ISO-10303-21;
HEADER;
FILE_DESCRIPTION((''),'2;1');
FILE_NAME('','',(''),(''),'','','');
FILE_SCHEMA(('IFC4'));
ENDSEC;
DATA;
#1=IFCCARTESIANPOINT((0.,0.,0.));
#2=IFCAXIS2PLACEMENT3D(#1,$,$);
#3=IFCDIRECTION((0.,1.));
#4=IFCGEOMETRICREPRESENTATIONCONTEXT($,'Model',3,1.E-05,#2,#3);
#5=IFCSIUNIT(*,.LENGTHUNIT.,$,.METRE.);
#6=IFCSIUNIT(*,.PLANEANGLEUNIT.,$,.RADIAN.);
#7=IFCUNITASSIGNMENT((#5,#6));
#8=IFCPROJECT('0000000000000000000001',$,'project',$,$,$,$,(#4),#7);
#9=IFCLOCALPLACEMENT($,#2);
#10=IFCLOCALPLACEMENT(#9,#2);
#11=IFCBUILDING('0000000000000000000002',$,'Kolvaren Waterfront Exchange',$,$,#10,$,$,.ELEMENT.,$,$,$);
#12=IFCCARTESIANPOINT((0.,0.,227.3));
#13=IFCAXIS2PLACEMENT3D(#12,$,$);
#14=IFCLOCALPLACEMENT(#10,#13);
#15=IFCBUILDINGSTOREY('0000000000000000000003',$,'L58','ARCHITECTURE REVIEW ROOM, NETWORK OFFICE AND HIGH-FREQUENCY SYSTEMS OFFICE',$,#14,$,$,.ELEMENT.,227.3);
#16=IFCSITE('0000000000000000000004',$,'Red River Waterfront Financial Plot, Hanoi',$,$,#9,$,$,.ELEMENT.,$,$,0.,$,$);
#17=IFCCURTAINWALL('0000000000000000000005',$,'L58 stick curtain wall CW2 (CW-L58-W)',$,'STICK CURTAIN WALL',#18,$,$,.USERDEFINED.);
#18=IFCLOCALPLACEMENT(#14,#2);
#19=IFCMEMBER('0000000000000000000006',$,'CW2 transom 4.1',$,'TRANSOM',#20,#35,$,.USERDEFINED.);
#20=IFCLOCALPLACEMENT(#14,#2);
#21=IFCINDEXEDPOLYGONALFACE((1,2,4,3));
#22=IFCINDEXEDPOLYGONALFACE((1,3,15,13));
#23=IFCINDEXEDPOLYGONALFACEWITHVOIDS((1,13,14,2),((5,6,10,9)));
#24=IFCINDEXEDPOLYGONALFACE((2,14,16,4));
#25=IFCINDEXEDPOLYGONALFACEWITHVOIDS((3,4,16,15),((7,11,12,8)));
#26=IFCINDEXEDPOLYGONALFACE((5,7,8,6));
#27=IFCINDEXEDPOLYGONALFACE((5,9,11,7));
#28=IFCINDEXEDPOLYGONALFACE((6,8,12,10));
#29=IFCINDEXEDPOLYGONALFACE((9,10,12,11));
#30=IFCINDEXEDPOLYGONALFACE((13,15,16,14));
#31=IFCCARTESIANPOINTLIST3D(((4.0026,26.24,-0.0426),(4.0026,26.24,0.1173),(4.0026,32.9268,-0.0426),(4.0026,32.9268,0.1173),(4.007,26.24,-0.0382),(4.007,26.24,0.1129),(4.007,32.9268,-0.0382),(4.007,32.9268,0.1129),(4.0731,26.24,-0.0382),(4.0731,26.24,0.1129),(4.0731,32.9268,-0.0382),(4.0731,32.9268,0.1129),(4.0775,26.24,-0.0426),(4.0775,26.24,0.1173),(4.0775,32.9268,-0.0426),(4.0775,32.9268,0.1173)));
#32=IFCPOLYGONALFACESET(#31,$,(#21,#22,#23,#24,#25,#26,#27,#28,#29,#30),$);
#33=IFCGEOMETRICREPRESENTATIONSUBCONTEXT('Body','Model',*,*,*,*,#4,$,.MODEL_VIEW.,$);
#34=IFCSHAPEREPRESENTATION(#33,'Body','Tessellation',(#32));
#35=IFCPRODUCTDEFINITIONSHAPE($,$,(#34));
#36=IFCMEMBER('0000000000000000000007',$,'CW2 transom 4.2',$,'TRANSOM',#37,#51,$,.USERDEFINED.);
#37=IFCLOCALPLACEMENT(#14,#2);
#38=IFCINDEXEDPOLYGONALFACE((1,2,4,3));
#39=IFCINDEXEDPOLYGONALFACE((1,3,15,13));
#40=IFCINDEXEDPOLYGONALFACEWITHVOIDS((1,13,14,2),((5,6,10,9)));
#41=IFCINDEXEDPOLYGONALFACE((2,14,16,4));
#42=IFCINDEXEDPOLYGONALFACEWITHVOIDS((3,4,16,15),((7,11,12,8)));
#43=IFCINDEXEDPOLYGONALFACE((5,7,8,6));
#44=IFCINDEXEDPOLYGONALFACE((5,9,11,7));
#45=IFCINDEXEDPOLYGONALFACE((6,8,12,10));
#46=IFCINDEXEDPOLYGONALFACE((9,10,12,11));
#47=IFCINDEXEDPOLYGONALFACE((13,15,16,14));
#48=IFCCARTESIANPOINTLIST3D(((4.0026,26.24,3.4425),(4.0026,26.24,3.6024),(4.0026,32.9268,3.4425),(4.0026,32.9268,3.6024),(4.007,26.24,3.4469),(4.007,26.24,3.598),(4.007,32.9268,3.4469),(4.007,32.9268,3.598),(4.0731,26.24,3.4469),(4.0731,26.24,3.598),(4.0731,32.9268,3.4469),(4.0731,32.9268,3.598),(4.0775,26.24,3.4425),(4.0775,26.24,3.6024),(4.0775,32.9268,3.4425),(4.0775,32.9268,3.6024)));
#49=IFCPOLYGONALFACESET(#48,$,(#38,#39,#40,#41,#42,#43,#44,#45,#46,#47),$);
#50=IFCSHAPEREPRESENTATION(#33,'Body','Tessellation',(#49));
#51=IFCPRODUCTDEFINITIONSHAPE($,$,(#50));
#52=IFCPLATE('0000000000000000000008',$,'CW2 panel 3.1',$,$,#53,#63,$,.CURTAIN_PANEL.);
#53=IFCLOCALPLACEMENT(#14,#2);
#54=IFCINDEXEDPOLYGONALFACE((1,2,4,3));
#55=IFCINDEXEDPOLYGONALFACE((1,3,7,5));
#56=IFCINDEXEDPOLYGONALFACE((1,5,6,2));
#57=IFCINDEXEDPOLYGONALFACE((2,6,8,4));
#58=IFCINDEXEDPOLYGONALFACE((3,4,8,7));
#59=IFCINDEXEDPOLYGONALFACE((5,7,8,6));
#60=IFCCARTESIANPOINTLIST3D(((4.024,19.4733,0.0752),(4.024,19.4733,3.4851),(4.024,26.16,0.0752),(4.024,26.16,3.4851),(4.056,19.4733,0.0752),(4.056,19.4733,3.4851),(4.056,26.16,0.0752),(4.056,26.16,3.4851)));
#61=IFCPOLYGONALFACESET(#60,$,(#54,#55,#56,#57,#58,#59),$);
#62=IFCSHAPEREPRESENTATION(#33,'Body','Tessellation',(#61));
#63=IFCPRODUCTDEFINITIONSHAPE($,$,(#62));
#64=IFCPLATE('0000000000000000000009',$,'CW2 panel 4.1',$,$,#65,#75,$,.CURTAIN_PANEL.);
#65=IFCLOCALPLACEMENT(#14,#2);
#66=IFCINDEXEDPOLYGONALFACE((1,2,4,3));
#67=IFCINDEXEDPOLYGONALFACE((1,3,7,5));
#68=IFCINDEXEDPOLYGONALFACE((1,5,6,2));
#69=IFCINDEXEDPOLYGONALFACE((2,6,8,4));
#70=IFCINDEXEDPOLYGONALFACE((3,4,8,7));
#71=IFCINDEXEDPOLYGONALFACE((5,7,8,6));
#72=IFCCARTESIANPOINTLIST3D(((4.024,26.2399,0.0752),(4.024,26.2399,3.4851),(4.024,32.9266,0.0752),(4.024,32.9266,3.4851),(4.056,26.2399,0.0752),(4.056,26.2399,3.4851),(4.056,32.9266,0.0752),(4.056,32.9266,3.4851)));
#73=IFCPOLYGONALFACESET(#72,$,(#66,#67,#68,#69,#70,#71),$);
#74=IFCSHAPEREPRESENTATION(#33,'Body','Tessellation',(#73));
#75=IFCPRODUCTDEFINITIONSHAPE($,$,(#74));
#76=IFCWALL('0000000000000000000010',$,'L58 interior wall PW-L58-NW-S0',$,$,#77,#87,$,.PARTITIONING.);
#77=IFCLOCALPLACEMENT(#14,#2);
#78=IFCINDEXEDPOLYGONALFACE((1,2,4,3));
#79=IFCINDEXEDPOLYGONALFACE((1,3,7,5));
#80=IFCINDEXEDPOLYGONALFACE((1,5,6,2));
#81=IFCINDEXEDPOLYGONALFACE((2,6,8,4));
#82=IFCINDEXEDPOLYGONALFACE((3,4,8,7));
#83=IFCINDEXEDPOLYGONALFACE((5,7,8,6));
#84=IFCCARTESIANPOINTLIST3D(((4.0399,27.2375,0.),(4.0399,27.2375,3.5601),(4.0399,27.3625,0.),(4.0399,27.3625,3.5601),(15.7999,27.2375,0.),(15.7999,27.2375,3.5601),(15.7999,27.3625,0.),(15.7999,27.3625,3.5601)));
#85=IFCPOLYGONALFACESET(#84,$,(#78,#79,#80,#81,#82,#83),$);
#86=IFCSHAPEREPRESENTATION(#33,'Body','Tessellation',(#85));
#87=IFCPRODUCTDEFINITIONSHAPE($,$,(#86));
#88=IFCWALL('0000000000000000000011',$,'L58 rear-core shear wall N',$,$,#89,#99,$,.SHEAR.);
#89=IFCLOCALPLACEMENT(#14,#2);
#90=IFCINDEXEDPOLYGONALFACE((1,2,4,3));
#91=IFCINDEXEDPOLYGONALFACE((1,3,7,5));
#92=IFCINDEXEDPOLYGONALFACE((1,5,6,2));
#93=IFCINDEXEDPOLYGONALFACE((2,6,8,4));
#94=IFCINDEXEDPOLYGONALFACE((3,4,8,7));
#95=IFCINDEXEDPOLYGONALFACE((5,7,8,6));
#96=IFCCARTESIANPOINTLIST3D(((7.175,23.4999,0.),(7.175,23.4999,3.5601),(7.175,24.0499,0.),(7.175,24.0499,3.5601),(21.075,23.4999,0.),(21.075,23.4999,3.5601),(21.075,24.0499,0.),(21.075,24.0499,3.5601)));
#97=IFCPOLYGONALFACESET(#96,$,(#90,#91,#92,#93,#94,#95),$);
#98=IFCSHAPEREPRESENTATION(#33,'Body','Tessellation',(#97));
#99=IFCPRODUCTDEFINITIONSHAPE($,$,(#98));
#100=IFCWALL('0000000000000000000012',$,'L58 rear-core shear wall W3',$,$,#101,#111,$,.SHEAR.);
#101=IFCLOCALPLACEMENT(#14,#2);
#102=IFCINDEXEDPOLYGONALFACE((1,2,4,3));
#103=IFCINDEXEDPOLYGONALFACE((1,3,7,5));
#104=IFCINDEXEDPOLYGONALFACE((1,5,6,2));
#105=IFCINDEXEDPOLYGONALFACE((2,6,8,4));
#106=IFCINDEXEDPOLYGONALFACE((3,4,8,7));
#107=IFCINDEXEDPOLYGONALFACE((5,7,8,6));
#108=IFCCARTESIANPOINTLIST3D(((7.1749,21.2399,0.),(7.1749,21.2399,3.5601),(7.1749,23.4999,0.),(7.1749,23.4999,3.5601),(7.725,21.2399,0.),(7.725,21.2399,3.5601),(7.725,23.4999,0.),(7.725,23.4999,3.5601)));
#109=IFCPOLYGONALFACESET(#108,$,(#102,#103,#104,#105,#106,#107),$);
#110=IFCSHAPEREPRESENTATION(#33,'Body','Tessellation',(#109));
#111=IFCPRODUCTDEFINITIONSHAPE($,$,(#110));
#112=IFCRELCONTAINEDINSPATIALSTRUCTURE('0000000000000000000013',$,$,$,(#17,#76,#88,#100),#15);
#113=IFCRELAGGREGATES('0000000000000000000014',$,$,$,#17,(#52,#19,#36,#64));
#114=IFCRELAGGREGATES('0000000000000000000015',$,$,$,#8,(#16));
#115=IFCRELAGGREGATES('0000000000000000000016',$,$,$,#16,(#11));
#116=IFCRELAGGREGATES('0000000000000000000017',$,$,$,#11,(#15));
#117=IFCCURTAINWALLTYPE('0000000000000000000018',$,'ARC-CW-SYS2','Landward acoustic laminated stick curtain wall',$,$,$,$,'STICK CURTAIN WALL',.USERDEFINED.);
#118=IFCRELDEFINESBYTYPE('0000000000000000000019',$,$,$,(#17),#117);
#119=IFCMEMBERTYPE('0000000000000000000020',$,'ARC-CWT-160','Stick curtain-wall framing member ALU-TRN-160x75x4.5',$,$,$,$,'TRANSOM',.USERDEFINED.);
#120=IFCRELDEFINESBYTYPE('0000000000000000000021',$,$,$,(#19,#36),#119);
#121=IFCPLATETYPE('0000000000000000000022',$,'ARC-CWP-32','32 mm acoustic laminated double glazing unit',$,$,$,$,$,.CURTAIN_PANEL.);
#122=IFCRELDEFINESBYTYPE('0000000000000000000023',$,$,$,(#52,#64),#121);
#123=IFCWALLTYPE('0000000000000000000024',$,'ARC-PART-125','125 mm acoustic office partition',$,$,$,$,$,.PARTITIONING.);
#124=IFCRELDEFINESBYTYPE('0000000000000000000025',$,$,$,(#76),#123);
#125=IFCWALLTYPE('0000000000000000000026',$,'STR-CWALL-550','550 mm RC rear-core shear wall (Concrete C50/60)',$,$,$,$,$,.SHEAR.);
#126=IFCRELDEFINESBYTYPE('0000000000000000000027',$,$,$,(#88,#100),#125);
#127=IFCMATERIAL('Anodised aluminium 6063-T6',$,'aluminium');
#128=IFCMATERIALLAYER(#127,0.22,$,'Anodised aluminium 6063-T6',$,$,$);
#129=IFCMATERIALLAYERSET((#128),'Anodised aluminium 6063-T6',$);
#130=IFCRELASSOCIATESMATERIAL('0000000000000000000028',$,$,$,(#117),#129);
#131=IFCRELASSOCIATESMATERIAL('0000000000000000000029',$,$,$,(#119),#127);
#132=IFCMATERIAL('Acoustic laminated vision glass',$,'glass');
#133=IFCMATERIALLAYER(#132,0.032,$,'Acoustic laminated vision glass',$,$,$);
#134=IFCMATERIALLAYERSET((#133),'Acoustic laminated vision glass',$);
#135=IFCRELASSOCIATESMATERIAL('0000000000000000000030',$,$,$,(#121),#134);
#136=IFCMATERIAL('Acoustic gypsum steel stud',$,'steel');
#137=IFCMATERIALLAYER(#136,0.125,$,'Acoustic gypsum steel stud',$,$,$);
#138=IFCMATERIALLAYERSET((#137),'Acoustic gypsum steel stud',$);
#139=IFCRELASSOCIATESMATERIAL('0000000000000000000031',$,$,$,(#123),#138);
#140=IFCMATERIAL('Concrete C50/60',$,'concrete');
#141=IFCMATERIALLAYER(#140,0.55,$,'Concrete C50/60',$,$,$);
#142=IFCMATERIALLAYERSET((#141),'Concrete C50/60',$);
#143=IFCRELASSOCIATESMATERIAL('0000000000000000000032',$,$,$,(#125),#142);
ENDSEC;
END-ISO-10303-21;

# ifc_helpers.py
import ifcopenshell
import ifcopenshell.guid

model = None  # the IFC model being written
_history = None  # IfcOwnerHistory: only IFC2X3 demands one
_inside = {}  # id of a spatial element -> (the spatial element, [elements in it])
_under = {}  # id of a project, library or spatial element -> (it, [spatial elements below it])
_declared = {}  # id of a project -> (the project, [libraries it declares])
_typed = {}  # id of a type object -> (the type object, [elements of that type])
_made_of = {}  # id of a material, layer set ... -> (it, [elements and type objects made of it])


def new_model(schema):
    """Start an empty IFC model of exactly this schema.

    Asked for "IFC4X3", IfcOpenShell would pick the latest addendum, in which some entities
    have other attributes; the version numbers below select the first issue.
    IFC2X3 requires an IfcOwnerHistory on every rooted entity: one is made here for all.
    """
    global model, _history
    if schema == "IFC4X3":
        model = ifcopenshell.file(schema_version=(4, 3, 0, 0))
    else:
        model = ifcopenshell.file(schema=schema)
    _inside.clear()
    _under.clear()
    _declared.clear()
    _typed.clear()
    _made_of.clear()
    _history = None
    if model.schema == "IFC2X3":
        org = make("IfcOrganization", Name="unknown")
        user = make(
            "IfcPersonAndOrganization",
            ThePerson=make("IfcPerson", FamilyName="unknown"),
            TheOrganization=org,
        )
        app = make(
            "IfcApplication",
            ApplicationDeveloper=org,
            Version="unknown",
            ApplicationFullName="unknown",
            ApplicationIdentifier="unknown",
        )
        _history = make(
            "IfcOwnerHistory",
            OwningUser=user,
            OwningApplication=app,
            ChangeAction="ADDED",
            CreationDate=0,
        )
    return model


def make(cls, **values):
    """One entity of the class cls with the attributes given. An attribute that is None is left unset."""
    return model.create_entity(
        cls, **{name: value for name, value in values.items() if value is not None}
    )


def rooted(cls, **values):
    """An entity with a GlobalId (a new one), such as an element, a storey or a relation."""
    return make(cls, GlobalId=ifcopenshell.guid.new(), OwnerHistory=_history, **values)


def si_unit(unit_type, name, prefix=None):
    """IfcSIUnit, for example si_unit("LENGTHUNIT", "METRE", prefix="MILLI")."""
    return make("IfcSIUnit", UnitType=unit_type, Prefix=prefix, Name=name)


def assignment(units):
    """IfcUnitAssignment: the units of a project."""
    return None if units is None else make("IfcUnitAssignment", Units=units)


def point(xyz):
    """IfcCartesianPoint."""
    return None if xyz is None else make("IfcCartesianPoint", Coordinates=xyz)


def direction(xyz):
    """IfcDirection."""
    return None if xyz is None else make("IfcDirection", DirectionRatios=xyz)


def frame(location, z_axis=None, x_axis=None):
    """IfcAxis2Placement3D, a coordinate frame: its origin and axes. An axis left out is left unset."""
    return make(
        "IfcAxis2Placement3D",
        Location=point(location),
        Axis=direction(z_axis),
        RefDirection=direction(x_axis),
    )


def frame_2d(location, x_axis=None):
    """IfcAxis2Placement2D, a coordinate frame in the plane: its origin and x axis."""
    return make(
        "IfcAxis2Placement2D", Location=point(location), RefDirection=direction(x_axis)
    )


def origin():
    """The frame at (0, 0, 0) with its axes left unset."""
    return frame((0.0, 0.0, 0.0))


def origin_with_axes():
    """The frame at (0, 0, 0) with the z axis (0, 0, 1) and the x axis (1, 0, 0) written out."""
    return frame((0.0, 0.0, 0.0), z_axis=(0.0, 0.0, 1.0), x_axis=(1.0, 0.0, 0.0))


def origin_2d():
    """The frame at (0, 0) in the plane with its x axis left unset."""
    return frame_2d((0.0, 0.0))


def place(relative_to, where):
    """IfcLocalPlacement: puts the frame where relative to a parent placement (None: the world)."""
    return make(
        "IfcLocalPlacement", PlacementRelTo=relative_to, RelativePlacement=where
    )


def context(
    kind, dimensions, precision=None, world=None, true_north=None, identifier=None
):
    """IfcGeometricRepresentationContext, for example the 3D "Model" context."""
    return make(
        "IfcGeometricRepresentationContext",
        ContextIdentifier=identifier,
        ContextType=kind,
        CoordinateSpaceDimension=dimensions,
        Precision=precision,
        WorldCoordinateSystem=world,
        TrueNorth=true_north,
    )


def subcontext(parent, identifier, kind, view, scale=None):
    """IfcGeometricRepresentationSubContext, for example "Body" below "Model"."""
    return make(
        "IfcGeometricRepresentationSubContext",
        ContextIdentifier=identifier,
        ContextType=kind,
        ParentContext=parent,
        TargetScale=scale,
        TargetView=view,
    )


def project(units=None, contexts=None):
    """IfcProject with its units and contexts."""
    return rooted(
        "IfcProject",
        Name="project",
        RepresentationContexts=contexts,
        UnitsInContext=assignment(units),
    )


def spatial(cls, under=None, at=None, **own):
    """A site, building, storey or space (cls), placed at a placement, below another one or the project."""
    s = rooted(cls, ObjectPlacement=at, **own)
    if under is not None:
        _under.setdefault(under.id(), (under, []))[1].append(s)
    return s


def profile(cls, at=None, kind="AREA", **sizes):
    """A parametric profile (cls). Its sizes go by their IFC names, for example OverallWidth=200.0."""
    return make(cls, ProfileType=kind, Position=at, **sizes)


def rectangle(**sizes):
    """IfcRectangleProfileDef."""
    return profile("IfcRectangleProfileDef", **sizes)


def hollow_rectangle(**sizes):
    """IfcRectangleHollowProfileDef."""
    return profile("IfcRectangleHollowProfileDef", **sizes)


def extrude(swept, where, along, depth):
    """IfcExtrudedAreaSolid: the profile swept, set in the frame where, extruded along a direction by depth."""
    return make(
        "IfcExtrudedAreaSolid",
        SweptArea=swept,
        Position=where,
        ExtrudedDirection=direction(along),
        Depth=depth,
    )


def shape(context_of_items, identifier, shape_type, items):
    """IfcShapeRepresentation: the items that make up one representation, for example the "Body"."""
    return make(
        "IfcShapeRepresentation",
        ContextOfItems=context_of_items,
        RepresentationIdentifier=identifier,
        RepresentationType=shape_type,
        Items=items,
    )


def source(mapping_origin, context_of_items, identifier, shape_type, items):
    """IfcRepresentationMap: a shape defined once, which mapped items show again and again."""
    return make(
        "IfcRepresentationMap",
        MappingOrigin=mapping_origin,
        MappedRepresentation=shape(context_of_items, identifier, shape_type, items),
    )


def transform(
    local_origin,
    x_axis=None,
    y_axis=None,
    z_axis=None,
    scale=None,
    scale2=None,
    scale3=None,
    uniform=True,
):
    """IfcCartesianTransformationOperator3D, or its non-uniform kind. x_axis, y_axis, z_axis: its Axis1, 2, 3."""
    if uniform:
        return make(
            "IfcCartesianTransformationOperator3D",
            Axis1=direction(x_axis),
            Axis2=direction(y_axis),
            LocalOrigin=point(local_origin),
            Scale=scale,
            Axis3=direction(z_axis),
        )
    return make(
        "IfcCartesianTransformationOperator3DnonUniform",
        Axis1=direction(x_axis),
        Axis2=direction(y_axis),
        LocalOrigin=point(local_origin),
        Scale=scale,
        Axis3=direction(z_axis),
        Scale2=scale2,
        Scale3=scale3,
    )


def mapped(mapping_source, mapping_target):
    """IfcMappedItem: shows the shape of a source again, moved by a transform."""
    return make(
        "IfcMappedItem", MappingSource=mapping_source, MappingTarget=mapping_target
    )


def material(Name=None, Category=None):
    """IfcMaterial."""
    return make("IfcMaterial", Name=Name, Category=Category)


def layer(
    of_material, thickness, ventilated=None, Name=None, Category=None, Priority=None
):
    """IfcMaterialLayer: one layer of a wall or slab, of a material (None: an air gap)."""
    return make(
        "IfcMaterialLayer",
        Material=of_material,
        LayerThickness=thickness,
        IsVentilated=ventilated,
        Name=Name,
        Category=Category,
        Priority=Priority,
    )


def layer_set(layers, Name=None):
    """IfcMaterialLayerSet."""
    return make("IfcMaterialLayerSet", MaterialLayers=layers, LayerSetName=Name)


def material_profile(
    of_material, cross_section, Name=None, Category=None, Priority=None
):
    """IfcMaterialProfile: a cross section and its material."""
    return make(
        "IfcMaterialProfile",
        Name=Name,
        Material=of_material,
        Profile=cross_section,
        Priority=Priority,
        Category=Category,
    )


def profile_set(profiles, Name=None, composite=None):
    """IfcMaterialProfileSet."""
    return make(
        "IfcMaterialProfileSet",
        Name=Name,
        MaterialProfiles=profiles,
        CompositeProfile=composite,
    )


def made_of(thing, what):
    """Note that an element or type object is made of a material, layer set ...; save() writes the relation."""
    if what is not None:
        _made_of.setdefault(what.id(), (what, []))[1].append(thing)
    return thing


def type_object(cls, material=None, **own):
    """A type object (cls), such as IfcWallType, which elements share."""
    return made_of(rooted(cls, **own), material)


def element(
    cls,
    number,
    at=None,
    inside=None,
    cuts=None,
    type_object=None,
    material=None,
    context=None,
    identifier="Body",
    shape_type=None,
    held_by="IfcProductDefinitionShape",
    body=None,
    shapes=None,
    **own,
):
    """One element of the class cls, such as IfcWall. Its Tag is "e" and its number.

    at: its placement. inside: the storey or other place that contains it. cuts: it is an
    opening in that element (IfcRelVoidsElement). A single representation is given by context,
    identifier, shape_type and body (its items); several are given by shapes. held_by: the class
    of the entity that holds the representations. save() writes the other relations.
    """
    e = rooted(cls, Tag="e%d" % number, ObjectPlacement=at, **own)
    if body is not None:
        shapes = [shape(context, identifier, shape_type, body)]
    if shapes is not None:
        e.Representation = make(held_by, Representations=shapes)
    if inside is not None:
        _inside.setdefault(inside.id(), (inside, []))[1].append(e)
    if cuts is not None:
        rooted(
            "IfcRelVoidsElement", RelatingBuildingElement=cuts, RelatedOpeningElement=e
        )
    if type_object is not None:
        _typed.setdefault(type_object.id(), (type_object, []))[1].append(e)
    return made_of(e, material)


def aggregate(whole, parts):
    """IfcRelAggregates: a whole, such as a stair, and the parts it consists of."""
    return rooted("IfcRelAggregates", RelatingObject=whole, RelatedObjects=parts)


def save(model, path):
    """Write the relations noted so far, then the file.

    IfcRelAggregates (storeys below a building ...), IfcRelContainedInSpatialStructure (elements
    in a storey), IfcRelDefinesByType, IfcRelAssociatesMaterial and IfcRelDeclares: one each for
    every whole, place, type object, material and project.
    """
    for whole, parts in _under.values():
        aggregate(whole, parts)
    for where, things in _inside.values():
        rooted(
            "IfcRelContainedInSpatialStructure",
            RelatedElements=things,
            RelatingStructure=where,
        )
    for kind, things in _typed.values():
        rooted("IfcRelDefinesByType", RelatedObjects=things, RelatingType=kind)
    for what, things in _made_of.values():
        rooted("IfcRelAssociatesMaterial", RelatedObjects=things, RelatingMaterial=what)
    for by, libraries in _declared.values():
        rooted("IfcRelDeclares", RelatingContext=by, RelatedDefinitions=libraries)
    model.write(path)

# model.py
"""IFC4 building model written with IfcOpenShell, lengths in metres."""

from ifc_helpers import new_model, si_unit, direction, frame, frame_2d, origin, origin_with_axes, origin_2d, place, context, subcontext, project, spatial, rectangle, hollow_rectangle, extrude, source, transform, mapped, material, layer, layer_set, material_profile, profile_set, type_object, element, aggregate, save


model = new_model("IFC4")

# Units and contexts
model_context = context("Model", 3, precision=1e-05, world=origin(), true_north=direction((0.0, 1.0)))
body_context = subcontext(model_context, "Body", "Model", "MODEL_VIEW")
ifc_project = project(units=[si_unit("LENGTHUNIT", "METRE"), si_unit("PLANEANGLEUNIT", "RADIAN")], contexts=[model_context])

# Site, building, storey
site_placement = place(None, origin())
site = spatial("IfcSite", under=ifc_project, at=site_placement, Name="Red River Waterfront Financial Plot, Hanoi", CompositionType="ELEMENT", RefElevation=0.0)
building_placement = place(site_placement, origin())
building = spatial("IfcBuilding", under=site, at=building_placement, Name="Kolvaren Waterfront Exchange", CompositionType="ELEMENT")
storey_placement = place(building_placement, frame((0.0, 0.0, 227.3)))
storey = spatial("IfcBuildingStorey", under=building, at=storey_placement, Name="L58", Description="ARCHITECTURE REVIEW ROOM, NETWORK OFFICE AND HIGH-FREQUENCY SYSTEMS OFFICE", CompositionType="ELEMENT", Elevation=227.3)

# Shared definitions
ifc_material_1 = material(Name="Concrete C50/60", Category="concrete")

# Curtain wall, members, plates
ifc_material_2 = material(Name="Anodised aluminium 6063-T6", Category="aluminium")
ifc_layer_1 = layer(ifc_material_2, 0.22, Name="Anodised aluminium 6063-T6")
ifc_layer_set_1 = layer_set([ifc_layer_1], Name="Anodised aluminium 6063-T6")
curtain_wall_type = type_object("IfcCurtainWallType", Name="ARC-CW-SYS2", Description="Landward acoustic laminated stick curtain wall", ElementType="STICK CURTAIN WALL", PredefinedType="USERDEFINED", material=ifc_layer_set_1)
curtain_wall_placement = place(storey_placement, origin())
curtain_wall = element("IfcCurtainWall", 1, at=curtain_wall_placement, inside=storey, type_object=curtain_wall_type, Name="L58 stick curtain wall CW2 (CW-L58-W)", ObjectType="STICK CURTAIN WALL", PredefinedType="USERDEFINED")
ifc_material_profile_1 = material_profile(ifc_material_2, hollow_rectangle(XDim=0.075, YDim=0.1599, WallThickness=0.0044, at=origin_2d()), Name="ALU-TRN-160x75x4.5")
ifc_profile_set_1 = profile_set([ifc_material_profile_1], Name="Anodised aluminium 6063-T6")
member_type_1 = type_object("IfcMemberType", Name="ARC-CWT-160", Description="Stick curtain-wall framing member ALU-TRN-160x75x4.5", ElementType="TRANSOM", PredefinedType="USERDEFINED", material=ifc_profile_set_1)
shared_shape_1 = source(origin_with_axes(), body_context, "Body", "SweptSolid", [
    extrude(hollow_rectangle(XDim=0.075, YDim=0.1599, WallThickness=0.0044, at=origin_2d()), origin(), (0.0, 0.0, 1.0), 6.6868),
])
member_1_placement = place(storey_placement, frame((4.04, 26.24, 0.0374), z_axis=(0.0, 1.0, 0.0), x_axis=(-1.0, 0.0, 0.0)))
member_1 = element("IfcMember", 2, at=member_1_placement, type_object=member_type_1, Name="CW2 transom 4.1", ObjectType="TRANSOM", PredefinedType="USERDEFINED", context=body_context, shape_type="MappedRepresentation", body=[
    mapped(shared_shape_1, transform((0.0, 0.0, 0.0), x_axis=(1.0, 0.0, 0.0), y_axis=(0.0, 1.0, 0.0), z_axis=(0.0, 0.0, 1.0), scale=1.0)),
])
member_2_placement = place(storey_placement, frame((4.04, 26.24, 3.5225), z_axis=(0.0, 1.0, 0.0), x_axis=(-1.0, 0.0, 0.0)))
member_2 = element("IfcMember", 3, at=member_2_placement, type_object=member_type_1, Name="CW2 transom 4.2", ObjectType="TRANSOM", PredefinedType="USERDEFINED", context=body_context, shape_type="MappedRepresentation", body=[
    mapped(shared_shape_1, transform((0.0, 0.0, 0.0), x_axis=(1.0, 0.0, 0.0), y_axis=(0.0, 1.0, 0.0), z_axis=(0.0, 0.0, 1.0), scale=1.0)),
])
ifc_material_3 = material(Name="Acoustic laminated vision glass", Category="glass")
ifc_layer_2 = layer(ifc_material_3, 0.032, Name="Acoustic laminated vision glass")
ifc_layer_set_2 = layer_set([ifc_layer_2], Name="Acoustic laminated vision glass")
plate_type = type_object("IfcPlateType", Name="ARC-CWP-32", Description="32 mm acoustic laminated double glazing unit", PredefinedType="CURTAIN_PANEL", material=ifc_layer_set_2)
shared_shape_2 = source(origin_with_axes(), body_context, "Body", "SweptSolid", [
    extrude(rectangle(XDim=6.6868, YDim=0.032, at=origin_2d()), origin(), (0.0, 0.0, 1.0), 3.4099),
])
plate_1_placement = place(storey_placement, frame((4.04, 22.8167, 0.0752), z_axis=(0.0, 0.0, 1.0), x_axis=(0.0, 1.0, 0.0)))
plate_1 = element("IfcPlate", 4, at=plate_1_placement, type_object=plate_type, Name="CW2 panel 3.1", PredefinedType="CURTAIN_PANEL", context=body_context, shape_type="MappedRepresentation", body=[
    mapped(shared_shape_2, transform((0.0, 0.0, 0.0), x_axis=(1.0, 0.0, 0.0), y_axis=(0.0, 1.0, 0.0), z_axis=(0.0, 0.0, 1.0), scale=1.0)),
])
plate_2_placement = place(storey_placement, frame((4.04, 29.5833, 0.0752), z_axis=(0.0, 0.0, 1.0), x_axis=(0.0, 1.0, 0.0)))
plate_2 = element("IfcPlate", 5, at=plate_2_placement, type_object=plate_type, Name="CW2 panel 4.1", PredefinedType="CURTAIN_PANEL", context=body_context, shape_type="MappedRepresentation", body=[
    mapped(shared_shape_2, transform((0.0, 0.0, 0.0), x_axis=(1.0, 0.0, 0.0), y_axis=(0.0, 1.0, 0.0), z_axis=(0.0, 0.0, 1.0), scale=1.0)),
])
aggregate(curtain_wall, [plate_1, member_1, member_2, plate_2])

# Wall
ifc_material_4 = material(Name="Acoustic gypsum steel stud", Category="steel")
ifc_layer_3 = layer(ifc_material_4, 0.125, Name="Acoustic gypsum steel stud")
ifc_layer_set_3 = layer_set([ifc_layer_3], Name="Acoustic gypsum steel stud")
wall_type_1 = type_object("IfcWallType", Name="ARC-PART-125", Description="125 mm acoustic office partition", PredefinedType="PARTITIONING", material=ifc_layer_set_3)
wall_1_placement = place(storey_placement, frame((4.04, 27.3, 0.0), z_axis=(0.0, 0.0, 1.0), x_axis=(1.0, 0.0, 0.0)))
element("IfcWall", 6, at=wall_1_placement, inside=storey, type_object=wall_type_1, Name="L58 interior wall PW-L58-NW-S0", PredefinedType="PARTITIONING", context=body_context, shape_type="SweptSolid", body=[
    extrude(rectangle(XDim=11.76, YDim=0.125, at=frame_2d((5.8799, 0.0))), origin(), (0.0, 0.0, 1.0), 3.5601),
])

# Walls
ifc_layer_4 = layer(ifc_material_1, 0.55, Name="Concrete C50/60")
ifc_layer_set_4 = layer_set([ifc_layer_4], Name="Concrete C50/60")
wall_type_2 = type_object("IfcWallType", Name="STR-CWALL-550", Description="550 mm RC rear-core shear wall (Concrete C50/60)", PredefinedType="SHEAR", material=ifc_layer_set_4)
wall_2_placement = place(storey_placement, frame((7.175, 23.7749, 0.0), z_axis=(0.0, 0.0, 1.0), x_axis=(1.0, 0.0, 0.0)))
element("IfcWall", 7, at=wall_2_placement, inside=storey, type_object=wall_type_2, Name="L58 rear-core shear wall N", PredefinedType="SHEAR", context=body_context, shape_type="SweptSolid", body=[
    extrude(rectangle(XDim=13.8999, YDim=0.55, at=frame_2d((6.95, 0.0))), origin(), (0.0, 0.0, 1.0), 3.5601),
])
wall_3_placement = place(storey_placement, frame((7.45, 21.24, 0.0), z_axis=(0.0, 0.0, 1.0), x_axis=(0.0, 1.0, 0.0)))
element("IfcWall", 8, at=wall_3_placement, inside=storey, type_object=wall_type_2, Name="L58 rear-core shear wall W3", PredefinedType="SHEAR", context=body_context, shape_type="SweptSolid", body=[
    extrude(rectangle(XDim=2.26, YDim=0.55, at=frame_2d((1.1299, 0.0))), origin(), (0.0, 0.0, 1.0), 3.5601),
])

save(model, "model.ifc")
